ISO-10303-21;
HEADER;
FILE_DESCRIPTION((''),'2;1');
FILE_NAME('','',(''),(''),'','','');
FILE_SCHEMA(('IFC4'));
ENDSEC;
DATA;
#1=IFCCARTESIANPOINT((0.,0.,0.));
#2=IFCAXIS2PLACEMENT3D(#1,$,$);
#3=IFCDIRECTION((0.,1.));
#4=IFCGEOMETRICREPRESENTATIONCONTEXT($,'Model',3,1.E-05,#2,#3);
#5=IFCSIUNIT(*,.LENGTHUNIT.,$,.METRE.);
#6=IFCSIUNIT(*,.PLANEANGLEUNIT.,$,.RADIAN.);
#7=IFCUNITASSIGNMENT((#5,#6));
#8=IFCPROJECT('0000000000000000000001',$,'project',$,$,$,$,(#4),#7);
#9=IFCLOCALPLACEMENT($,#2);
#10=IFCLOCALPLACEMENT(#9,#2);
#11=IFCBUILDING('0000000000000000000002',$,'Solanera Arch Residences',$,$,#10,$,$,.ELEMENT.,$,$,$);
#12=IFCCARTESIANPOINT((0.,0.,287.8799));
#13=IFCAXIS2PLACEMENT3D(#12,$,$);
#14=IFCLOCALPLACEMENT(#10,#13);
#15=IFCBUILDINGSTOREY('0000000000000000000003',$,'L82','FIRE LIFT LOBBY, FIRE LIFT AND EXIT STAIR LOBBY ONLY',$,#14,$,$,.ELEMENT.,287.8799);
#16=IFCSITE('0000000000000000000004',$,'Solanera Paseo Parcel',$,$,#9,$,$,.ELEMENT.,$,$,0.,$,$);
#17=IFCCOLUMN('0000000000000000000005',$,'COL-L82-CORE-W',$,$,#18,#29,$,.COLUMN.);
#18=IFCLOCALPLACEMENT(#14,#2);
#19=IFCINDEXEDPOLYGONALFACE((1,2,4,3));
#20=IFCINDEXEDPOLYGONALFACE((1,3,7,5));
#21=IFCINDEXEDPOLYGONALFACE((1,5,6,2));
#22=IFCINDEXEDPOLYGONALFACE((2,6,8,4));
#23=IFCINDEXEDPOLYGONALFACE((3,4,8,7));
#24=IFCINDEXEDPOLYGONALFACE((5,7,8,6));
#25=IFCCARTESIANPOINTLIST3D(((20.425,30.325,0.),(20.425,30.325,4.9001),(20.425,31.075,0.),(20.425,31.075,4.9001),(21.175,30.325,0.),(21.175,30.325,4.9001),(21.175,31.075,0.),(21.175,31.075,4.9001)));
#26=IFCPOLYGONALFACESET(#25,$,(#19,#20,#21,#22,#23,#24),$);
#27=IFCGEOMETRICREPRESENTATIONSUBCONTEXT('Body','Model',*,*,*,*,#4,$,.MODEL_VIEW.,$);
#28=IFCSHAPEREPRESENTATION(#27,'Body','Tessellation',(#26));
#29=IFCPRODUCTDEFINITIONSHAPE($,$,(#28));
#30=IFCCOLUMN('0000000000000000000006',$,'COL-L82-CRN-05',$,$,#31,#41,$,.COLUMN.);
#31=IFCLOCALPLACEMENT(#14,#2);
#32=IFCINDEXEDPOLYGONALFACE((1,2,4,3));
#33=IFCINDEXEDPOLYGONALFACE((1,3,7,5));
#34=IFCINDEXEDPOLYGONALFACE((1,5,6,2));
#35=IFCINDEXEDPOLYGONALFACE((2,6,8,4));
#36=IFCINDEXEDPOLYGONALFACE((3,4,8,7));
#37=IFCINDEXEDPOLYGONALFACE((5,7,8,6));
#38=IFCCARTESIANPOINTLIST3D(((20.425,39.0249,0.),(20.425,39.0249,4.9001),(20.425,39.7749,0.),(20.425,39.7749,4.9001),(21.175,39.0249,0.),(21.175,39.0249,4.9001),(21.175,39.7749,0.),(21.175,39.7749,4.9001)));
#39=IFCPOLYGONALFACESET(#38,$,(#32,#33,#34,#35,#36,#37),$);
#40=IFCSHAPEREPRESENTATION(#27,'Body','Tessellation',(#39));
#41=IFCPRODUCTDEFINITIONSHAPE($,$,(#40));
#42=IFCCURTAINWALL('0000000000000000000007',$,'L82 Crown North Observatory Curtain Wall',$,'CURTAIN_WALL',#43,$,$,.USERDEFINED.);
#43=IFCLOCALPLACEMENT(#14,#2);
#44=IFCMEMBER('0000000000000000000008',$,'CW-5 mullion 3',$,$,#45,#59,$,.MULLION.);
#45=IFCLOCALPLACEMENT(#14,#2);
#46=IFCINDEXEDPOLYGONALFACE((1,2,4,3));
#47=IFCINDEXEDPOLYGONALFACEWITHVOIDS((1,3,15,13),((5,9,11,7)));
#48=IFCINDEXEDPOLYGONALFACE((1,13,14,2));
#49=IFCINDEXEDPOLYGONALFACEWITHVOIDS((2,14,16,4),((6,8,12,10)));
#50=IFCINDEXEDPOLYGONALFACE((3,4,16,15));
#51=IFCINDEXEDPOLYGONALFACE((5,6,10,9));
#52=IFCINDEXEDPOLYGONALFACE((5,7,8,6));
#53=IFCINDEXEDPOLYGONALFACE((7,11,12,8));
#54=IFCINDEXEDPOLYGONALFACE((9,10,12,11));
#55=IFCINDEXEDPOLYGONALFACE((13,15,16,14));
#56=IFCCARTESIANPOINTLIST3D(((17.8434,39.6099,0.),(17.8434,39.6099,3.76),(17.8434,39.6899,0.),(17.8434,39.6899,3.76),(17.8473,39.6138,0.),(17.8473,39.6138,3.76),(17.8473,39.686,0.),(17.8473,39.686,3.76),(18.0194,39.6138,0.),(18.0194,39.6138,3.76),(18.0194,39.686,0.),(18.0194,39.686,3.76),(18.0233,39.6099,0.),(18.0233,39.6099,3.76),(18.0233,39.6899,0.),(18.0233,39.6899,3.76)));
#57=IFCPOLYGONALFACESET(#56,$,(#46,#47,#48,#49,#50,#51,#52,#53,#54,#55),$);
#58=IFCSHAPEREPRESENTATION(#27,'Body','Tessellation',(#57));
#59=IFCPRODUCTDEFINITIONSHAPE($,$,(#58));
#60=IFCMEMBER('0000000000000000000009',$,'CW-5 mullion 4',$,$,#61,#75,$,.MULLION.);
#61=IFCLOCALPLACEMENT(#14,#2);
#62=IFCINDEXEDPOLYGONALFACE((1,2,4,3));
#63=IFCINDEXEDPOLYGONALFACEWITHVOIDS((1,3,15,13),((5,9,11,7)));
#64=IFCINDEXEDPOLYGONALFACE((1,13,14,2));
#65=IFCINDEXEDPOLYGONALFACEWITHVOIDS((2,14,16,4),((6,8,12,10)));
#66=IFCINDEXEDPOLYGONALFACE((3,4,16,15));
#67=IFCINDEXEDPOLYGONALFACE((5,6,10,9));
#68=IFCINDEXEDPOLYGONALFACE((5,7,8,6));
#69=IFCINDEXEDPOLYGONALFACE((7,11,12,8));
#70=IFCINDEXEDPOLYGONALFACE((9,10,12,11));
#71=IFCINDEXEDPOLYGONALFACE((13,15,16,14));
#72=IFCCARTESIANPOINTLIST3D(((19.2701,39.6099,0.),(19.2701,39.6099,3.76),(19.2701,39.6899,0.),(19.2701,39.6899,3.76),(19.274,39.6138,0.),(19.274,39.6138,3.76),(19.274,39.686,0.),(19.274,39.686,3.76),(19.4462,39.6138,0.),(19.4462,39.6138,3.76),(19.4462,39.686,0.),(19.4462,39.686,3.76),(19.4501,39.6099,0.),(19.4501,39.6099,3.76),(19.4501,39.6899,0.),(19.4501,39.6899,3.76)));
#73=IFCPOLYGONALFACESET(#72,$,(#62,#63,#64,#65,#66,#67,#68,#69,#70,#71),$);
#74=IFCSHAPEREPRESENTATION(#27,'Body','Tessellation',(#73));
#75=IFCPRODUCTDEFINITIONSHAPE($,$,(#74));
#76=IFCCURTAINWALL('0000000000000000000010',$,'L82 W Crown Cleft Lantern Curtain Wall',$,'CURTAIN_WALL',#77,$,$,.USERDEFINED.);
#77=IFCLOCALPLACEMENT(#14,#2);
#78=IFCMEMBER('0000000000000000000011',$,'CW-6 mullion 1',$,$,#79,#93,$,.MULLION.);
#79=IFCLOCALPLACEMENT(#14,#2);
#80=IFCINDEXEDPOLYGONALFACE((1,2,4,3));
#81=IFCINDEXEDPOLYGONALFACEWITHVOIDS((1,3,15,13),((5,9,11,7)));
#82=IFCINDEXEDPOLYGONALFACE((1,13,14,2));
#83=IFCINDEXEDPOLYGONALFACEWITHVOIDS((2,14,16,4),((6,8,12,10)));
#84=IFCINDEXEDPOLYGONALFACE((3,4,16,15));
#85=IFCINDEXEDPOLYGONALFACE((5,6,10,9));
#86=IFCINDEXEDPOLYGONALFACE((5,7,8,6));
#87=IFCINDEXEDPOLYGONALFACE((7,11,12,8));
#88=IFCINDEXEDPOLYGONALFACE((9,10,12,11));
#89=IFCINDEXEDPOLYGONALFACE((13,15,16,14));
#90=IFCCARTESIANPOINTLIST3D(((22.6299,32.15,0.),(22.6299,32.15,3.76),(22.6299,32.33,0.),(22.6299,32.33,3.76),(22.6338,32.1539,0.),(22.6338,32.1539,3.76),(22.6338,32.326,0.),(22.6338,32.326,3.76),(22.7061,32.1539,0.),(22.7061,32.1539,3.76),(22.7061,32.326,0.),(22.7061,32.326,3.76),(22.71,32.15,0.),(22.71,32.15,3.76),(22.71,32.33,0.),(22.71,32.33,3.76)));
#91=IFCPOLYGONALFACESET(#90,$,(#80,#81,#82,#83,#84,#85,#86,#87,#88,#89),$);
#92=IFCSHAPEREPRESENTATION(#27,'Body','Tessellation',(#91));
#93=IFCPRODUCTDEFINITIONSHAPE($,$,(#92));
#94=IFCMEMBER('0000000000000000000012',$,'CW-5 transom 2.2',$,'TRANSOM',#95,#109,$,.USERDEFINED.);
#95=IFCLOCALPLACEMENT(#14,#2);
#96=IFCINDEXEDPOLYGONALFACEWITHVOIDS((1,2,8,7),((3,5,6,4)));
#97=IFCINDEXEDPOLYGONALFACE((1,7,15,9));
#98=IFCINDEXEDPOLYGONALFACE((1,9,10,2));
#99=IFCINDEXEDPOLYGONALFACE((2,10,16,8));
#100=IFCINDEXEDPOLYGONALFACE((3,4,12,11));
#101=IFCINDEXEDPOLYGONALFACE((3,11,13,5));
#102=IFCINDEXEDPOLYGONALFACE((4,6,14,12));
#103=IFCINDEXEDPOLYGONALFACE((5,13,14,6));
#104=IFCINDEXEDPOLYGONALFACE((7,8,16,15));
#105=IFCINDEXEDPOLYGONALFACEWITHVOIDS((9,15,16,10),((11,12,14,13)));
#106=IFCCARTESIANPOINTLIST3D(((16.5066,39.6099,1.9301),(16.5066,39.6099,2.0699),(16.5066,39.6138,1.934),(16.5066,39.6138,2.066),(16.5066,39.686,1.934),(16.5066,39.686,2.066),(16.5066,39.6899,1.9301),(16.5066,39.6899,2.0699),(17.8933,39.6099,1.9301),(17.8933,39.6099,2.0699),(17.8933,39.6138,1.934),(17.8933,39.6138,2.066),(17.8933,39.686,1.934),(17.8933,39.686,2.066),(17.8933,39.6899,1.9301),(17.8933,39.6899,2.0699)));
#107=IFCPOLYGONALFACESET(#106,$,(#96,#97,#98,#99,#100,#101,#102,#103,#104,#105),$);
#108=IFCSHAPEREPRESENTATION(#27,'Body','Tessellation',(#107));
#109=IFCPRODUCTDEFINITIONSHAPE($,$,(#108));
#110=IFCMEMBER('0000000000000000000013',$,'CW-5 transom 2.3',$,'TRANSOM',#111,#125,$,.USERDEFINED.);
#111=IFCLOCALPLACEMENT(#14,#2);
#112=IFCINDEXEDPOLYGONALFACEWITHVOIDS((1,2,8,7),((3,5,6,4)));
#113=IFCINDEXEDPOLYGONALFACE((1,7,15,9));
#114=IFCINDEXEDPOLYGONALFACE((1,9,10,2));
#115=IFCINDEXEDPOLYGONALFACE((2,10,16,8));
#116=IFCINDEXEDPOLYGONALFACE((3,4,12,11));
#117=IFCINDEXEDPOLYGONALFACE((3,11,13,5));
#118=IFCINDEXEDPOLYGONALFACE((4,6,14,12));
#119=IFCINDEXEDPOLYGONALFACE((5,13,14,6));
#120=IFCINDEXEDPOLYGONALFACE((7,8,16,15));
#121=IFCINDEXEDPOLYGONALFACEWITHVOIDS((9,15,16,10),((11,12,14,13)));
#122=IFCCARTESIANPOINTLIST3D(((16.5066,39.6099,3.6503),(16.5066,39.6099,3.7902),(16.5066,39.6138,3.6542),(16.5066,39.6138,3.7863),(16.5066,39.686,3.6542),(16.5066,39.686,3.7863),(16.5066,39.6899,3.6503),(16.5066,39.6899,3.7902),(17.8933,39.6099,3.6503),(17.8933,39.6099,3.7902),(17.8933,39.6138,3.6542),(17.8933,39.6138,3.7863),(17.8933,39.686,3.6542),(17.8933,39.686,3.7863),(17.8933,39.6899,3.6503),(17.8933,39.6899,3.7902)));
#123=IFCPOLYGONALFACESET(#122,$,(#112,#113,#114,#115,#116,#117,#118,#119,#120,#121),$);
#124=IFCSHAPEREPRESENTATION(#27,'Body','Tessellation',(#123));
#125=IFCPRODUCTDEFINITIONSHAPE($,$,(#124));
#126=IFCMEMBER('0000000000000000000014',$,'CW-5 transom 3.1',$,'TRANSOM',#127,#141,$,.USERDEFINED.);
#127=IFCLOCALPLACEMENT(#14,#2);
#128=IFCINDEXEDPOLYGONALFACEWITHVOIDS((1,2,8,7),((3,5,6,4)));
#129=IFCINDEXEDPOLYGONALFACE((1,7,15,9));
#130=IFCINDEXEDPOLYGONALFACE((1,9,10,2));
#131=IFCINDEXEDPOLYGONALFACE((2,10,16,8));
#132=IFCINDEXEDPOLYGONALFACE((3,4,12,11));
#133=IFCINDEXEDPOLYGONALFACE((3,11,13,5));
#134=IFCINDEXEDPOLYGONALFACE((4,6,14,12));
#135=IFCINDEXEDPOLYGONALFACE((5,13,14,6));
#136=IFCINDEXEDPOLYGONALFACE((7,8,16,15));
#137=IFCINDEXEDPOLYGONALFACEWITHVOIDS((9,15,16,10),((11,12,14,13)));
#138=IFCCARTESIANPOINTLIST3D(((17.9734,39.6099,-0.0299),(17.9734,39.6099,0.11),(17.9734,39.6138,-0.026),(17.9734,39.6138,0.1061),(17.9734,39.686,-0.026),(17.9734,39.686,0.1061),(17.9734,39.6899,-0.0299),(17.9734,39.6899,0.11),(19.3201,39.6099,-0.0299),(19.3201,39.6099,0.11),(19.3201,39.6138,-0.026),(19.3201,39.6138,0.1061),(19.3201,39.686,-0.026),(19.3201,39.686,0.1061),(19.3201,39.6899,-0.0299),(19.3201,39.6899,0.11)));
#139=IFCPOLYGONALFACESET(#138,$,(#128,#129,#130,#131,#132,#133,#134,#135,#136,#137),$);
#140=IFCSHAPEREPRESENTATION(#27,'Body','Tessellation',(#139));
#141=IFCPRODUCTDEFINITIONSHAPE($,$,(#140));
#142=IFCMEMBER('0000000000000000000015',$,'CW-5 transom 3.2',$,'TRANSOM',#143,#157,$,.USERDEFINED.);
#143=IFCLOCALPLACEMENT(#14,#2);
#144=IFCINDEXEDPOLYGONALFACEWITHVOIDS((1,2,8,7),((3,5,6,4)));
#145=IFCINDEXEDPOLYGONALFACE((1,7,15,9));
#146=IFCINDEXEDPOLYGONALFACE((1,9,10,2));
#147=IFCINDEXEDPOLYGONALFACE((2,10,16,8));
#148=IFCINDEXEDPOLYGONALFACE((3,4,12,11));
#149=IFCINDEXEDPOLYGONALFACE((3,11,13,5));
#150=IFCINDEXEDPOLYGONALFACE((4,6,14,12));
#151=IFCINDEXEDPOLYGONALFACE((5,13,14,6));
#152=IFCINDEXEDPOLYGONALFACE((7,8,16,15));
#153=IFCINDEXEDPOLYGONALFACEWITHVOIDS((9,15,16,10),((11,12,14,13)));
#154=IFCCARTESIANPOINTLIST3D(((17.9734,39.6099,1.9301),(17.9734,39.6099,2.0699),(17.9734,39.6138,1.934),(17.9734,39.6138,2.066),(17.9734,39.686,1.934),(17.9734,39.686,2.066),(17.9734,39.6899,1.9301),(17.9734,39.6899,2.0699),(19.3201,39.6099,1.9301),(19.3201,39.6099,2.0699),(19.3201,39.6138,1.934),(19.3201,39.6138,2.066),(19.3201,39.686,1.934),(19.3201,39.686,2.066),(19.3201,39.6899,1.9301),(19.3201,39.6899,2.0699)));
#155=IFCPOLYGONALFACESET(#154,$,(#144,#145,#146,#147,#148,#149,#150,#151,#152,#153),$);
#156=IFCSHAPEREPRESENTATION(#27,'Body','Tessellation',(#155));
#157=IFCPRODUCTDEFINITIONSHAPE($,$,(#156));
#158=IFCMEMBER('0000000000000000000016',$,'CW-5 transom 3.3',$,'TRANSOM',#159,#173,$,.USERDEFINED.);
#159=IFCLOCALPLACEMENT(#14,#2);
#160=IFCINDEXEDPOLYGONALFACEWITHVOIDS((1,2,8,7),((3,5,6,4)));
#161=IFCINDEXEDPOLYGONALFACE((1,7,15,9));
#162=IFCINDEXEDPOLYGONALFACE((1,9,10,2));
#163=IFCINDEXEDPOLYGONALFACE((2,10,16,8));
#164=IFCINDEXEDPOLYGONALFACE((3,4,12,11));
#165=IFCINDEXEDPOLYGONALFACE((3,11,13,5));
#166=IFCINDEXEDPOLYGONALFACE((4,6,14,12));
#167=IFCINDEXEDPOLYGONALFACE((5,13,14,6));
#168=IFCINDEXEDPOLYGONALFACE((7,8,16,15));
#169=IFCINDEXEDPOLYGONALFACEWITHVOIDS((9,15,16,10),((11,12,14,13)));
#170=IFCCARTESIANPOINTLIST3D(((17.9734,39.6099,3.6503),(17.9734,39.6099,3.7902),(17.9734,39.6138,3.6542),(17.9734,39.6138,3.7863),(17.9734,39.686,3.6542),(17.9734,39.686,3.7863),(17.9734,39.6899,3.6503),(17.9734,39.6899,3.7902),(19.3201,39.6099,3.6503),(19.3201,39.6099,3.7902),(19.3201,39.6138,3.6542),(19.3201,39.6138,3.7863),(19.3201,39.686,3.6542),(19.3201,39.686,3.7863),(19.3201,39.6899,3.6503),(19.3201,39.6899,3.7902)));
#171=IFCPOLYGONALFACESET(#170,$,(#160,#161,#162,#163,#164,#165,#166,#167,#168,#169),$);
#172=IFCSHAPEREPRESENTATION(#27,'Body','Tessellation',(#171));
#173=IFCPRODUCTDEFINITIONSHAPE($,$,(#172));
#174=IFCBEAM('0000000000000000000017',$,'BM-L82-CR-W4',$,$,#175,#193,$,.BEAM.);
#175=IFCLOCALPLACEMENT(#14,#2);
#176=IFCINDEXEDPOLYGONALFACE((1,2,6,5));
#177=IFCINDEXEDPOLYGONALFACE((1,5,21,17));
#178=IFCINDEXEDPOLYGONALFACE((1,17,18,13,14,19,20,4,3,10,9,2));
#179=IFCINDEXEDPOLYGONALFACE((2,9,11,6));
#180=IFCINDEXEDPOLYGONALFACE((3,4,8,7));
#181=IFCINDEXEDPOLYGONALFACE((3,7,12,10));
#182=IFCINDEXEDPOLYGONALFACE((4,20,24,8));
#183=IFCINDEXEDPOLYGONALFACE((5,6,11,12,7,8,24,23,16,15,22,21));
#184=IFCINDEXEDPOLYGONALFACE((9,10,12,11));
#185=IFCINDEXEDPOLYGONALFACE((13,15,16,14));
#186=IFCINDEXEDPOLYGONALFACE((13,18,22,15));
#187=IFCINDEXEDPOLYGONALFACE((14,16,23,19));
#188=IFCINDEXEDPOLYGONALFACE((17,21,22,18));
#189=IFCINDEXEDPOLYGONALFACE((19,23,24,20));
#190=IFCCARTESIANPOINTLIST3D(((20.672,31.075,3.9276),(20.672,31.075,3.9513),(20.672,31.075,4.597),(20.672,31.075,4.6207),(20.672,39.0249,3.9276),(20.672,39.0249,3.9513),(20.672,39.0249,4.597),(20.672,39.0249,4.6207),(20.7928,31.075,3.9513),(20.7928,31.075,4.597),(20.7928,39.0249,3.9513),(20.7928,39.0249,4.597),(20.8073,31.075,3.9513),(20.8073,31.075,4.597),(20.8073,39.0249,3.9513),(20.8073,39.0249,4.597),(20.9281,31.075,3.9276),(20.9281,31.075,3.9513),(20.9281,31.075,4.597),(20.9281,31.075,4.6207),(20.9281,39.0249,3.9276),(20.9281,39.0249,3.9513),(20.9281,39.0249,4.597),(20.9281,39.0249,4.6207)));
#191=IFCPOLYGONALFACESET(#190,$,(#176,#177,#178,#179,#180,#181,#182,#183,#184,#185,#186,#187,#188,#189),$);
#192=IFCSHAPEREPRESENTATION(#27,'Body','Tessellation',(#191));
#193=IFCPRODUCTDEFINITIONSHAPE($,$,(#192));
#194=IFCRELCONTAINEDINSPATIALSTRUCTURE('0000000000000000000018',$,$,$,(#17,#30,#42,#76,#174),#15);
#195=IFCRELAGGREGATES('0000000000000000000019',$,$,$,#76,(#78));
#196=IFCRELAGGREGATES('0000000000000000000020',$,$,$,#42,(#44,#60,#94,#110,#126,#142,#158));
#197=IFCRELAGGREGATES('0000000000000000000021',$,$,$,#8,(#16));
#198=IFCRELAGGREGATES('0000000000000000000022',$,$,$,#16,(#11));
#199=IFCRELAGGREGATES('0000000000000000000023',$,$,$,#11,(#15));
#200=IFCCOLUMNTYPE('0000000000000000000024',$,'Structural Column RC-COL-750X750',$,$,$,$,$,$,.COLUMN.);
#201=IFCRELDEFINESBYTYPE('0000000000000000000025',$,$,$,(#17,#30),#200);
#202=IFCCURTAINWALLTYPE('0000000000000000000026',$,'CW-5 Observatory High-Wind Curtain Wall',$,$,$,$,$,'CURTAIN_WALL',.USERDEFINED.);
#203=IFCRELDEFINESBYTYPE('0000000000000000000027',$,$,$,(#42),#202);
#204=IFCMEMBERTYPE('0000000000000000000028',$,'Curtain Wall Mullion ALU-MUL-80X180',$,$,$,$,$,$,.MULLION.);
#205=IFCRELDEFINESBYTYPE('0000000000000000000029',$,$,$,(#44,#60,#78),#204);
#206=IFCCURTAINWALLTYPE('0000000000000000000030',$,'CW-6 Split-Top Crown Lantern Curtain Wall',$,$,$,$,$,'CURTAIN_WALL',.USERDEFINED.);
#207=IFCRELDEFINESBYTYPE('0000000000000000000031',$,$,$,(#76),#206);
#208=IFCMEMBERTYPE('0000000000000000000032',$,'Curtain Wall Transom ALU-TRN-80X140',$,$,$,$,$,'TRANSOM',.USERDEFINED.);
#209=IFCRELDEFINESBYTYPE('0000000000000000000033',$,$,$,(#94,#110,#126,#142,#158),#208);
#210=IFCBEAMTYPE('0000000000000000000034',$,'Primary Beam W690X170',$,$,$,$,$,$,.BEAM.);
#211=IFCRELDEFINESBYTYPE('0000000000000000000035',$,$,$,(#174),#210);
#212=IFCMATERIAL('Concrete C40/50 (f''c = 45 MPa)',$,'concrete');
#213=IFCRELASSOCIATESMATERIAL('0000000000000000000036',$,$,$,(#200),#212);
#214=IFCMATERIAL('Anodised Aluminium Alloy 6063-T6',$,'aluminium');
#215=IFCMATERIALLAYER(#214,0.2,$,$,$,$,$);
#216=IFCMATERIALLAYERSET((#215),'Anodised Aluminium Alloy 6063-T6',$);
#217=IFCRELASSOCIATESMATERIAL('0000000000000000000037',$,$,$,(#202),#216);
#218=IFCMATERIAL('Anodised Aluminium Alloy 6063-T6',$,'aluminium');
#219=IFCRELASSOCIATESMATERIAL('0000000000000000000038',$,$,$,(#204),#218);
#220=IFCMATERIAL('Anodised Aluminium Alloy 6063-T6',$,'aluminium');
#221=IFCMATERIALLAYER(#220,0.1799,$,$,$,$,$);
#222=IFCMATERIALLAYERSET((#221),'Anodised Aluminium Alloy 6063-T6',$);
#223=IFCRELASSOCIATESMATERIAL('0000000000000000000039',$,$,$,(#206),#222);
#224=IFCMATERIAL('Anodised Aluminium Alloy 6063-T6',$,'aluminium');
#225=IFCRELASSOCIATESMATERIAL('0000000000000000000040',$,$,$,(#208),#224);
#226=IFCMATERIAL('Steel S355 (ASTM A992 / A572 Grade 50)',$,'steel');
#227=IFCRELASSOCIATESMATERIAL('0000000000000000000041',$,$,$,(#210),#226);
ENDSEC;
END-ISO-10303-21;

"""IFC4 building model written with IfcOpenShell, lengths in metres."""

from ifc_helpers import new_model, si_unit, direction, frame, origin, origin_2d, place, context, subcontext, project, spatial, rectangle, hollow_rectangle, i_section, extrude, material, layer, layer_set, material_profile, profile_set, type_object, element, aggregate, save


model = new_model("IFC4")

# Units and contexts
model_context = context("Model", 3, precision=1e-05, world=origin(), true_north=direction((0.0, 1.0)))
body_context = subcontext(model_context, "Body", "Model", "MODEL_VIEW")
ifc_project = project(units=[si_unit("LENGTHUNIT", "METRE"), si_unit("PLANEANGLEUNIT", "RADIAN")], contexts=[model_context])

# Site, building, storey
site_placement = place(None, origin())
site = spatial("IfcSite", under=ifc_project, at=site_placement, Name="Solanera Paseo Parcel", CompositionType="ELEMENT", RefElevation=0.0)
building_placement = place(site_placement, origin())
building = spatial("IfcBuilding", under=site, at=building_placement, Name="Solanera Arch Residences", CompositionType="ELEMENT")
storey_placement = place(building_placement, frame((0.0, 0.0, 287.8799)))
storey = spatial("IfcBuildingStorey", under=building, at=storey_placement, Name="L82", Description="FIRE LIFT LOBBY, FIRE LIFT AND EXIT STAIR LOBBY ONLY", CompositionType="ELEMENT", Elevation=287.8799)

# Columns
ifc_material_1 = material(Name="Concrete C40/50 (f'c = 45 MPa)", Category="concrete")
ifc_material_profile_1 = material_profile(ifc_material_1, rectangle(XDim=0.75, YDim=0.75, at=origin_2d()))
ifc_profile_set_1 = profile_set([ifc_material_profile_1], Name="Concrete C40/50 (f'c = 45 MPa)")
column_type = type_object("IfcColumnType", Name="Structural Column RC-COL-750X750", PredefinedType="COLUMN", material=ifc_profile_set_1)
for number, where, z_axis, x_axis, name in (
    (1, (20.8, 30.7, 0.0), (0.0, 0.0, 1.0), (1.0, 0.0, 0.0), "COL-L82-CORE-W"),
    (2, (20.8, 39.3999, 0.0), (0.0, 0.0, 1.0), (1.0, 0.0, 0.0), "COL-L82-CRN-05"),
):
    element("IfcColumn", number, at=place(storey_placement, frame(where, z_axis=z_axis, x_axis=x_axis)), inside=storey, type_object=column_type, Name=name, PredefinedType="COLUMN", context=body_context, shape_type="SweptSolid", body=[
        extrude(rectangle(XDim=0.75, YDim=0.75, at=origin_2d()), origin(), (0.0, 0.0, 1.0), 4.9001),
    ])

# Curtain wall, members
ifc_material_2 = material(Name="Anodised Aluminium Alloy 6063-T6", Category="aluminium")
ifc_layer_1 = layer(ifc_material_2, 0.2)
ifc_layer_set_1 = layer_set([ifc_layer_1], Name="Anodised Aluminium Alloy 6063-T6")
curtain_wall_type_1 = type_object("IfcCurtainWallType", Name="CW-5 Observatory High-Wind Curtain Wall", ElementType="CURTAIN_WALL", PredefinedType="USERDEFINED", material=ifc_layer_set_1)
curtain_wall_1_placement = place(storey_placement, origin())
curtain_wall_1 = element("IfcCurtainWall", 3, at=curtain_wall_1_placement, inside=storey, type_object=curtain_wall_type_1, Name="L82 Crown North Observatory Curtain Wall", ObjectType="CURTAIN_WALL", PredefinedType="USERDEFINED")
ifc_material_3 = material(Name="Anodised Aluminium Alloy 6063-T6", Category="aluminium")
ifc_material_profile_2 = material_profile(ifc_material_3, hollow_rectangle(XDim=0.0801, YDim=0.1799, WallThickness=0.0039, at=origin_2d()))
ifc_profile_set_2 = profile_set([ifc_material_profile_2], Name="Anodised Aluminium Alloy 6063-T6")
member_type_1 = type_object("IfcMemberType", Name="Curtain Wall Mullion ALU-MUL-80X180", PredefinedType="MULLION", material=ifc_profile_set_2)
member_1_placement = place(storey_placement, frame((17.9333, 39.6499, 0.0), z_axis=(0.0, 0.0, 1.0), x_axis=(0.0, 1.0, 0.0)))
member_1 = element("IfcMember", 4, at=member_1_placement, type_object=member_type_1, Name="CW-5 mullion 3", PredefinedType="MULLION", context=body_context, shape_type="SweptSolid", body=[
    extrude(hollow_rectangle(XDim=0.0801, YDim=0.1799, WallThickness=0.0039, at=origin_2d()), origin(), (0.0, 0.0, 1.0), 3.76),
])
member_2_placement = place(storey_placement, frame((19.3601, 39.6499, 0.0), z_axis=(0.0, 0.0, 1.0), x_axis=(0.0, 1.0, 0.0)))
member_2 = element("IfcMember", 5, at=member_2_placement, type_object=member_type_1, Name="CW-5 mullion 4", PredefinedType="MULLION", context=body_context, shape_type="SweptSolid", body=[
    extrude(hollow_rectangle(XDim=0.0801, YDim=0.1799, WallThickness=0.0039, at=origin_2d()), origin(), (0.0, 0.0, 1.0), 3.76),
])

# Curtain wall, member
ifc_material_4 = material(Name="Anodised Aluminium Alloy 6063-T6", Category="aluminium")
ifc_layer_2 = layer(ifc_material_4, 0.1799)
ifc_layer_set_2 = layer_set([ifc_layer_2], Name="Anodised Aluminium Alloy 6063-T6")
curtain_wall_type_2 = type_object("IfcCurtainWallType", Name="CW-6 Split-Top Crown Lantern Curtain Wall", ElementType="CURTAIN_WALL", PredefinedType="USERDEFINED", material=ifc_layer_set_2)
curtain_wall_2_placement = place(storey_placement, origin())
curtain_wall_2 = element("IfcCurtainWall", 6, at=curtain_wall_2_placement, inside=storey, type_object=curtain_wall_type_2, Name="L82 W Crown Cleft Lantern Curtain Wall", ObjectType="CURTAIN_WALL", PredefinedType="USERDEFINED")
member_3_placement = place(storey_placement, frame((22.6699, 32.24, 0.0), z_axis=(0.0, 0.0, 1.0), x_axis=(-1.0, 0.0, 0.0)))
member_3 = element("IfcMember", 7, at=member_3_placement, type_object=member_type_1, Name="CW-6 mullion 1", PredefinedType="MULLION", context=body_context, shape_type="SweptSolid", body=[
    extrude(hollow_rectangle(XDim=0.0801, YDim=0.1799, WallThickness=0.0039, at=origin_2d()), origin(), (0.0, 0.0, 1.0), 3.76),
])
aggregate(curtain_wall_2, [member_3])

# Members
ifc_material_5 = material(Name="Anodised Aluminium Alloy 6063-T6", Category="aluminium")
ifc_material_profile_3 = material_profile(ifc_material_5, hollow_rectangle(XDim=0.0801, YDim=0.1399, WallThickness=0.0039, at=origin_2d()))
ifc_profile_set_3 = profile_set([ifc_material_profile_3], Name="Anodised Aluminium Alloy 6063-T6")
member_type_2 = type_object("IfcMemberType", Name="Curtain Wall Transom ALU-TRN-80X140", ElementType="TRANSOM", PredefinedType="USERDEFINED", material=ifc_profile_set_3)
member_4_placement = place(storey_placement, frame((16.5066, 39.6499, 2.0), z_axis=(1.0, 0.0, 0.0), x_axis=(0.0, 1.0, 0.0)))
member_4 = element("IfcMember", 8, at=member_4_placement, type_object=member_type_2, Name="CW-5 transom 2.2", ObjectType="TRANSOM", PredefinedType="USERDEFINED", context=body_context, shape_type="SweptSolid", body=[
    extrude(hollow_rectangle(XDim=0.0801, YDim=0.1399, WallThickness=0.0039, at=origin_2d()), origin(), (0.0, 0.0, 1.0), 1.3867),
])
member_5_placement = place(storey_placement, frame((16.5066, 39.6499, 3.7202), z_axis=(1.0, 0.0, 0.0), x_axis=(0.0, 1.0, 0.0)))
member_5 = element("IfcMember", 9, at=member_5_placement, type_object=member_type_2, Name="CW-5 transom 2.3", ObjectType="TRANSOM", PredefinedType="USERDEFINED", context=body_context, shape_type="SweptSolid", body=[
    extrude(hollow_rectangle(XDim=0.0801, YDim=0.1399, WallThickness=0.0039, at=origin_2d()), origin(), (0.0, 0.0, 1.0), 1.3867),
])
member_6_placement = place(storey_placement, frame((17.9734, 39.6499, 0.04), z_axis=(1.0, 0.0, 0.0), x_axis=(0.0, 1.0, 0.0)))
member_6 = element("IfcMember", 10, at=member_6_placement, type_object=member_type_2, Name="CW-5 transom 3.1", ObjectType="TRANSOM", PredefinedType="USERDEFINED", context=body_context, shape_type="SweptSolid", body=[
    extrude(hollow_rectangle(XDim=0.0801, YDim=0.1399, WallThickness=0.0039, at=origin_2d()), origin(), (0.0, 0.0, 1.0), 1.3467),
])
member_7_placement = place(storey_placement, frame((17.9734, 39.6499, 2.0), z_axis=(1.0, 0.0, 0.0), x_axis=(0.0, 1.0, 0.0)))
member_7 = element("IfcMember", 11, at=member_7_placement, type_object=member_type_2, Name="CW-5 transom 3.2", ObjectType="TRANSOM", PredefinedType="USERDEFINED", context=body_context, shape_type="SweptSolid", body=[
    extrude(hollow_rectangle(XDim=0.0801, YDim=0.1399, WallThickness=0.0039, at=origin_2d()), origin(), (0.0, 0.0, 1.0), 1.3467),
])
member_8_placement = place(storey_placement, frame((17.9734, 39.6499, 3.7202), z_axis=(1.0, 0.0, 0.0), x_axis=(0.0, 1.0, 0.0)))
member_8 = element("IfcMember", 12, at=member_8_placement, type_object=member_type_2, Name="CW-5 transom 3.3", ObjectType="TRANSOM", PredefinedType="USERDEFINED", context=body_context, shape_type="SweptSolid", body=[
    extrude(hollow_rectangle(XDim=0.0801, YDim=0.1399, WallThickness=0.0039, at=origin_2d()), origin(), (0.0, 0.0, 1.0), 1.3467),
])

# Beam
ifc_material_6 = material(Name="Steel S355 (ASTM A992 / A572 Grade 50)", Category="steel")
ifc_material_profile_4 = material_profile(ifc_material_6, i_section(OverallWidth=0.2561, OverallDepth=0.6931, WebThickness=0.0144, FlangeThickness=0.0237, at=origin_2d()))
ifc_profile_set_4 = profile_set([ifc_material_profile_4], Name="Steel S355 (ASTM A992 / A572 Grade 50)")
beam_type = type_object("IfcBeamType", Name="Primary Beam W690X170", PredefinedType="BEAM", material=ifc_profile_set_4)
beam_placement = place(storey_placement, frame((20.8, 31.075, 4.2742), z_axis=(0.0, 1.0, 0.0), x_axis=(-1.0, 0.0, 0.0)))
element("IfcBeam", 13, at=beam_placement, inside=storey, type_object=beam_type, Name="BM-L82-CR-W4", PredefinedType="BEAM", context=body_context, shape_type="SweptSolid", body=[
    extrude(i_section(OverallWidth=0.2561, OverallDepth=0.6931, WebThickness=0.0144, FlangeThickness=0.0237, at=origin_2d()), origin(), (0.0, 0.0, 1.0), 7.95),
])

aggregate(curtain_wall_1, [member_1, member_2, member_4, member_5, member_6, member_7, member_8])

save(model, "model.ifc")
